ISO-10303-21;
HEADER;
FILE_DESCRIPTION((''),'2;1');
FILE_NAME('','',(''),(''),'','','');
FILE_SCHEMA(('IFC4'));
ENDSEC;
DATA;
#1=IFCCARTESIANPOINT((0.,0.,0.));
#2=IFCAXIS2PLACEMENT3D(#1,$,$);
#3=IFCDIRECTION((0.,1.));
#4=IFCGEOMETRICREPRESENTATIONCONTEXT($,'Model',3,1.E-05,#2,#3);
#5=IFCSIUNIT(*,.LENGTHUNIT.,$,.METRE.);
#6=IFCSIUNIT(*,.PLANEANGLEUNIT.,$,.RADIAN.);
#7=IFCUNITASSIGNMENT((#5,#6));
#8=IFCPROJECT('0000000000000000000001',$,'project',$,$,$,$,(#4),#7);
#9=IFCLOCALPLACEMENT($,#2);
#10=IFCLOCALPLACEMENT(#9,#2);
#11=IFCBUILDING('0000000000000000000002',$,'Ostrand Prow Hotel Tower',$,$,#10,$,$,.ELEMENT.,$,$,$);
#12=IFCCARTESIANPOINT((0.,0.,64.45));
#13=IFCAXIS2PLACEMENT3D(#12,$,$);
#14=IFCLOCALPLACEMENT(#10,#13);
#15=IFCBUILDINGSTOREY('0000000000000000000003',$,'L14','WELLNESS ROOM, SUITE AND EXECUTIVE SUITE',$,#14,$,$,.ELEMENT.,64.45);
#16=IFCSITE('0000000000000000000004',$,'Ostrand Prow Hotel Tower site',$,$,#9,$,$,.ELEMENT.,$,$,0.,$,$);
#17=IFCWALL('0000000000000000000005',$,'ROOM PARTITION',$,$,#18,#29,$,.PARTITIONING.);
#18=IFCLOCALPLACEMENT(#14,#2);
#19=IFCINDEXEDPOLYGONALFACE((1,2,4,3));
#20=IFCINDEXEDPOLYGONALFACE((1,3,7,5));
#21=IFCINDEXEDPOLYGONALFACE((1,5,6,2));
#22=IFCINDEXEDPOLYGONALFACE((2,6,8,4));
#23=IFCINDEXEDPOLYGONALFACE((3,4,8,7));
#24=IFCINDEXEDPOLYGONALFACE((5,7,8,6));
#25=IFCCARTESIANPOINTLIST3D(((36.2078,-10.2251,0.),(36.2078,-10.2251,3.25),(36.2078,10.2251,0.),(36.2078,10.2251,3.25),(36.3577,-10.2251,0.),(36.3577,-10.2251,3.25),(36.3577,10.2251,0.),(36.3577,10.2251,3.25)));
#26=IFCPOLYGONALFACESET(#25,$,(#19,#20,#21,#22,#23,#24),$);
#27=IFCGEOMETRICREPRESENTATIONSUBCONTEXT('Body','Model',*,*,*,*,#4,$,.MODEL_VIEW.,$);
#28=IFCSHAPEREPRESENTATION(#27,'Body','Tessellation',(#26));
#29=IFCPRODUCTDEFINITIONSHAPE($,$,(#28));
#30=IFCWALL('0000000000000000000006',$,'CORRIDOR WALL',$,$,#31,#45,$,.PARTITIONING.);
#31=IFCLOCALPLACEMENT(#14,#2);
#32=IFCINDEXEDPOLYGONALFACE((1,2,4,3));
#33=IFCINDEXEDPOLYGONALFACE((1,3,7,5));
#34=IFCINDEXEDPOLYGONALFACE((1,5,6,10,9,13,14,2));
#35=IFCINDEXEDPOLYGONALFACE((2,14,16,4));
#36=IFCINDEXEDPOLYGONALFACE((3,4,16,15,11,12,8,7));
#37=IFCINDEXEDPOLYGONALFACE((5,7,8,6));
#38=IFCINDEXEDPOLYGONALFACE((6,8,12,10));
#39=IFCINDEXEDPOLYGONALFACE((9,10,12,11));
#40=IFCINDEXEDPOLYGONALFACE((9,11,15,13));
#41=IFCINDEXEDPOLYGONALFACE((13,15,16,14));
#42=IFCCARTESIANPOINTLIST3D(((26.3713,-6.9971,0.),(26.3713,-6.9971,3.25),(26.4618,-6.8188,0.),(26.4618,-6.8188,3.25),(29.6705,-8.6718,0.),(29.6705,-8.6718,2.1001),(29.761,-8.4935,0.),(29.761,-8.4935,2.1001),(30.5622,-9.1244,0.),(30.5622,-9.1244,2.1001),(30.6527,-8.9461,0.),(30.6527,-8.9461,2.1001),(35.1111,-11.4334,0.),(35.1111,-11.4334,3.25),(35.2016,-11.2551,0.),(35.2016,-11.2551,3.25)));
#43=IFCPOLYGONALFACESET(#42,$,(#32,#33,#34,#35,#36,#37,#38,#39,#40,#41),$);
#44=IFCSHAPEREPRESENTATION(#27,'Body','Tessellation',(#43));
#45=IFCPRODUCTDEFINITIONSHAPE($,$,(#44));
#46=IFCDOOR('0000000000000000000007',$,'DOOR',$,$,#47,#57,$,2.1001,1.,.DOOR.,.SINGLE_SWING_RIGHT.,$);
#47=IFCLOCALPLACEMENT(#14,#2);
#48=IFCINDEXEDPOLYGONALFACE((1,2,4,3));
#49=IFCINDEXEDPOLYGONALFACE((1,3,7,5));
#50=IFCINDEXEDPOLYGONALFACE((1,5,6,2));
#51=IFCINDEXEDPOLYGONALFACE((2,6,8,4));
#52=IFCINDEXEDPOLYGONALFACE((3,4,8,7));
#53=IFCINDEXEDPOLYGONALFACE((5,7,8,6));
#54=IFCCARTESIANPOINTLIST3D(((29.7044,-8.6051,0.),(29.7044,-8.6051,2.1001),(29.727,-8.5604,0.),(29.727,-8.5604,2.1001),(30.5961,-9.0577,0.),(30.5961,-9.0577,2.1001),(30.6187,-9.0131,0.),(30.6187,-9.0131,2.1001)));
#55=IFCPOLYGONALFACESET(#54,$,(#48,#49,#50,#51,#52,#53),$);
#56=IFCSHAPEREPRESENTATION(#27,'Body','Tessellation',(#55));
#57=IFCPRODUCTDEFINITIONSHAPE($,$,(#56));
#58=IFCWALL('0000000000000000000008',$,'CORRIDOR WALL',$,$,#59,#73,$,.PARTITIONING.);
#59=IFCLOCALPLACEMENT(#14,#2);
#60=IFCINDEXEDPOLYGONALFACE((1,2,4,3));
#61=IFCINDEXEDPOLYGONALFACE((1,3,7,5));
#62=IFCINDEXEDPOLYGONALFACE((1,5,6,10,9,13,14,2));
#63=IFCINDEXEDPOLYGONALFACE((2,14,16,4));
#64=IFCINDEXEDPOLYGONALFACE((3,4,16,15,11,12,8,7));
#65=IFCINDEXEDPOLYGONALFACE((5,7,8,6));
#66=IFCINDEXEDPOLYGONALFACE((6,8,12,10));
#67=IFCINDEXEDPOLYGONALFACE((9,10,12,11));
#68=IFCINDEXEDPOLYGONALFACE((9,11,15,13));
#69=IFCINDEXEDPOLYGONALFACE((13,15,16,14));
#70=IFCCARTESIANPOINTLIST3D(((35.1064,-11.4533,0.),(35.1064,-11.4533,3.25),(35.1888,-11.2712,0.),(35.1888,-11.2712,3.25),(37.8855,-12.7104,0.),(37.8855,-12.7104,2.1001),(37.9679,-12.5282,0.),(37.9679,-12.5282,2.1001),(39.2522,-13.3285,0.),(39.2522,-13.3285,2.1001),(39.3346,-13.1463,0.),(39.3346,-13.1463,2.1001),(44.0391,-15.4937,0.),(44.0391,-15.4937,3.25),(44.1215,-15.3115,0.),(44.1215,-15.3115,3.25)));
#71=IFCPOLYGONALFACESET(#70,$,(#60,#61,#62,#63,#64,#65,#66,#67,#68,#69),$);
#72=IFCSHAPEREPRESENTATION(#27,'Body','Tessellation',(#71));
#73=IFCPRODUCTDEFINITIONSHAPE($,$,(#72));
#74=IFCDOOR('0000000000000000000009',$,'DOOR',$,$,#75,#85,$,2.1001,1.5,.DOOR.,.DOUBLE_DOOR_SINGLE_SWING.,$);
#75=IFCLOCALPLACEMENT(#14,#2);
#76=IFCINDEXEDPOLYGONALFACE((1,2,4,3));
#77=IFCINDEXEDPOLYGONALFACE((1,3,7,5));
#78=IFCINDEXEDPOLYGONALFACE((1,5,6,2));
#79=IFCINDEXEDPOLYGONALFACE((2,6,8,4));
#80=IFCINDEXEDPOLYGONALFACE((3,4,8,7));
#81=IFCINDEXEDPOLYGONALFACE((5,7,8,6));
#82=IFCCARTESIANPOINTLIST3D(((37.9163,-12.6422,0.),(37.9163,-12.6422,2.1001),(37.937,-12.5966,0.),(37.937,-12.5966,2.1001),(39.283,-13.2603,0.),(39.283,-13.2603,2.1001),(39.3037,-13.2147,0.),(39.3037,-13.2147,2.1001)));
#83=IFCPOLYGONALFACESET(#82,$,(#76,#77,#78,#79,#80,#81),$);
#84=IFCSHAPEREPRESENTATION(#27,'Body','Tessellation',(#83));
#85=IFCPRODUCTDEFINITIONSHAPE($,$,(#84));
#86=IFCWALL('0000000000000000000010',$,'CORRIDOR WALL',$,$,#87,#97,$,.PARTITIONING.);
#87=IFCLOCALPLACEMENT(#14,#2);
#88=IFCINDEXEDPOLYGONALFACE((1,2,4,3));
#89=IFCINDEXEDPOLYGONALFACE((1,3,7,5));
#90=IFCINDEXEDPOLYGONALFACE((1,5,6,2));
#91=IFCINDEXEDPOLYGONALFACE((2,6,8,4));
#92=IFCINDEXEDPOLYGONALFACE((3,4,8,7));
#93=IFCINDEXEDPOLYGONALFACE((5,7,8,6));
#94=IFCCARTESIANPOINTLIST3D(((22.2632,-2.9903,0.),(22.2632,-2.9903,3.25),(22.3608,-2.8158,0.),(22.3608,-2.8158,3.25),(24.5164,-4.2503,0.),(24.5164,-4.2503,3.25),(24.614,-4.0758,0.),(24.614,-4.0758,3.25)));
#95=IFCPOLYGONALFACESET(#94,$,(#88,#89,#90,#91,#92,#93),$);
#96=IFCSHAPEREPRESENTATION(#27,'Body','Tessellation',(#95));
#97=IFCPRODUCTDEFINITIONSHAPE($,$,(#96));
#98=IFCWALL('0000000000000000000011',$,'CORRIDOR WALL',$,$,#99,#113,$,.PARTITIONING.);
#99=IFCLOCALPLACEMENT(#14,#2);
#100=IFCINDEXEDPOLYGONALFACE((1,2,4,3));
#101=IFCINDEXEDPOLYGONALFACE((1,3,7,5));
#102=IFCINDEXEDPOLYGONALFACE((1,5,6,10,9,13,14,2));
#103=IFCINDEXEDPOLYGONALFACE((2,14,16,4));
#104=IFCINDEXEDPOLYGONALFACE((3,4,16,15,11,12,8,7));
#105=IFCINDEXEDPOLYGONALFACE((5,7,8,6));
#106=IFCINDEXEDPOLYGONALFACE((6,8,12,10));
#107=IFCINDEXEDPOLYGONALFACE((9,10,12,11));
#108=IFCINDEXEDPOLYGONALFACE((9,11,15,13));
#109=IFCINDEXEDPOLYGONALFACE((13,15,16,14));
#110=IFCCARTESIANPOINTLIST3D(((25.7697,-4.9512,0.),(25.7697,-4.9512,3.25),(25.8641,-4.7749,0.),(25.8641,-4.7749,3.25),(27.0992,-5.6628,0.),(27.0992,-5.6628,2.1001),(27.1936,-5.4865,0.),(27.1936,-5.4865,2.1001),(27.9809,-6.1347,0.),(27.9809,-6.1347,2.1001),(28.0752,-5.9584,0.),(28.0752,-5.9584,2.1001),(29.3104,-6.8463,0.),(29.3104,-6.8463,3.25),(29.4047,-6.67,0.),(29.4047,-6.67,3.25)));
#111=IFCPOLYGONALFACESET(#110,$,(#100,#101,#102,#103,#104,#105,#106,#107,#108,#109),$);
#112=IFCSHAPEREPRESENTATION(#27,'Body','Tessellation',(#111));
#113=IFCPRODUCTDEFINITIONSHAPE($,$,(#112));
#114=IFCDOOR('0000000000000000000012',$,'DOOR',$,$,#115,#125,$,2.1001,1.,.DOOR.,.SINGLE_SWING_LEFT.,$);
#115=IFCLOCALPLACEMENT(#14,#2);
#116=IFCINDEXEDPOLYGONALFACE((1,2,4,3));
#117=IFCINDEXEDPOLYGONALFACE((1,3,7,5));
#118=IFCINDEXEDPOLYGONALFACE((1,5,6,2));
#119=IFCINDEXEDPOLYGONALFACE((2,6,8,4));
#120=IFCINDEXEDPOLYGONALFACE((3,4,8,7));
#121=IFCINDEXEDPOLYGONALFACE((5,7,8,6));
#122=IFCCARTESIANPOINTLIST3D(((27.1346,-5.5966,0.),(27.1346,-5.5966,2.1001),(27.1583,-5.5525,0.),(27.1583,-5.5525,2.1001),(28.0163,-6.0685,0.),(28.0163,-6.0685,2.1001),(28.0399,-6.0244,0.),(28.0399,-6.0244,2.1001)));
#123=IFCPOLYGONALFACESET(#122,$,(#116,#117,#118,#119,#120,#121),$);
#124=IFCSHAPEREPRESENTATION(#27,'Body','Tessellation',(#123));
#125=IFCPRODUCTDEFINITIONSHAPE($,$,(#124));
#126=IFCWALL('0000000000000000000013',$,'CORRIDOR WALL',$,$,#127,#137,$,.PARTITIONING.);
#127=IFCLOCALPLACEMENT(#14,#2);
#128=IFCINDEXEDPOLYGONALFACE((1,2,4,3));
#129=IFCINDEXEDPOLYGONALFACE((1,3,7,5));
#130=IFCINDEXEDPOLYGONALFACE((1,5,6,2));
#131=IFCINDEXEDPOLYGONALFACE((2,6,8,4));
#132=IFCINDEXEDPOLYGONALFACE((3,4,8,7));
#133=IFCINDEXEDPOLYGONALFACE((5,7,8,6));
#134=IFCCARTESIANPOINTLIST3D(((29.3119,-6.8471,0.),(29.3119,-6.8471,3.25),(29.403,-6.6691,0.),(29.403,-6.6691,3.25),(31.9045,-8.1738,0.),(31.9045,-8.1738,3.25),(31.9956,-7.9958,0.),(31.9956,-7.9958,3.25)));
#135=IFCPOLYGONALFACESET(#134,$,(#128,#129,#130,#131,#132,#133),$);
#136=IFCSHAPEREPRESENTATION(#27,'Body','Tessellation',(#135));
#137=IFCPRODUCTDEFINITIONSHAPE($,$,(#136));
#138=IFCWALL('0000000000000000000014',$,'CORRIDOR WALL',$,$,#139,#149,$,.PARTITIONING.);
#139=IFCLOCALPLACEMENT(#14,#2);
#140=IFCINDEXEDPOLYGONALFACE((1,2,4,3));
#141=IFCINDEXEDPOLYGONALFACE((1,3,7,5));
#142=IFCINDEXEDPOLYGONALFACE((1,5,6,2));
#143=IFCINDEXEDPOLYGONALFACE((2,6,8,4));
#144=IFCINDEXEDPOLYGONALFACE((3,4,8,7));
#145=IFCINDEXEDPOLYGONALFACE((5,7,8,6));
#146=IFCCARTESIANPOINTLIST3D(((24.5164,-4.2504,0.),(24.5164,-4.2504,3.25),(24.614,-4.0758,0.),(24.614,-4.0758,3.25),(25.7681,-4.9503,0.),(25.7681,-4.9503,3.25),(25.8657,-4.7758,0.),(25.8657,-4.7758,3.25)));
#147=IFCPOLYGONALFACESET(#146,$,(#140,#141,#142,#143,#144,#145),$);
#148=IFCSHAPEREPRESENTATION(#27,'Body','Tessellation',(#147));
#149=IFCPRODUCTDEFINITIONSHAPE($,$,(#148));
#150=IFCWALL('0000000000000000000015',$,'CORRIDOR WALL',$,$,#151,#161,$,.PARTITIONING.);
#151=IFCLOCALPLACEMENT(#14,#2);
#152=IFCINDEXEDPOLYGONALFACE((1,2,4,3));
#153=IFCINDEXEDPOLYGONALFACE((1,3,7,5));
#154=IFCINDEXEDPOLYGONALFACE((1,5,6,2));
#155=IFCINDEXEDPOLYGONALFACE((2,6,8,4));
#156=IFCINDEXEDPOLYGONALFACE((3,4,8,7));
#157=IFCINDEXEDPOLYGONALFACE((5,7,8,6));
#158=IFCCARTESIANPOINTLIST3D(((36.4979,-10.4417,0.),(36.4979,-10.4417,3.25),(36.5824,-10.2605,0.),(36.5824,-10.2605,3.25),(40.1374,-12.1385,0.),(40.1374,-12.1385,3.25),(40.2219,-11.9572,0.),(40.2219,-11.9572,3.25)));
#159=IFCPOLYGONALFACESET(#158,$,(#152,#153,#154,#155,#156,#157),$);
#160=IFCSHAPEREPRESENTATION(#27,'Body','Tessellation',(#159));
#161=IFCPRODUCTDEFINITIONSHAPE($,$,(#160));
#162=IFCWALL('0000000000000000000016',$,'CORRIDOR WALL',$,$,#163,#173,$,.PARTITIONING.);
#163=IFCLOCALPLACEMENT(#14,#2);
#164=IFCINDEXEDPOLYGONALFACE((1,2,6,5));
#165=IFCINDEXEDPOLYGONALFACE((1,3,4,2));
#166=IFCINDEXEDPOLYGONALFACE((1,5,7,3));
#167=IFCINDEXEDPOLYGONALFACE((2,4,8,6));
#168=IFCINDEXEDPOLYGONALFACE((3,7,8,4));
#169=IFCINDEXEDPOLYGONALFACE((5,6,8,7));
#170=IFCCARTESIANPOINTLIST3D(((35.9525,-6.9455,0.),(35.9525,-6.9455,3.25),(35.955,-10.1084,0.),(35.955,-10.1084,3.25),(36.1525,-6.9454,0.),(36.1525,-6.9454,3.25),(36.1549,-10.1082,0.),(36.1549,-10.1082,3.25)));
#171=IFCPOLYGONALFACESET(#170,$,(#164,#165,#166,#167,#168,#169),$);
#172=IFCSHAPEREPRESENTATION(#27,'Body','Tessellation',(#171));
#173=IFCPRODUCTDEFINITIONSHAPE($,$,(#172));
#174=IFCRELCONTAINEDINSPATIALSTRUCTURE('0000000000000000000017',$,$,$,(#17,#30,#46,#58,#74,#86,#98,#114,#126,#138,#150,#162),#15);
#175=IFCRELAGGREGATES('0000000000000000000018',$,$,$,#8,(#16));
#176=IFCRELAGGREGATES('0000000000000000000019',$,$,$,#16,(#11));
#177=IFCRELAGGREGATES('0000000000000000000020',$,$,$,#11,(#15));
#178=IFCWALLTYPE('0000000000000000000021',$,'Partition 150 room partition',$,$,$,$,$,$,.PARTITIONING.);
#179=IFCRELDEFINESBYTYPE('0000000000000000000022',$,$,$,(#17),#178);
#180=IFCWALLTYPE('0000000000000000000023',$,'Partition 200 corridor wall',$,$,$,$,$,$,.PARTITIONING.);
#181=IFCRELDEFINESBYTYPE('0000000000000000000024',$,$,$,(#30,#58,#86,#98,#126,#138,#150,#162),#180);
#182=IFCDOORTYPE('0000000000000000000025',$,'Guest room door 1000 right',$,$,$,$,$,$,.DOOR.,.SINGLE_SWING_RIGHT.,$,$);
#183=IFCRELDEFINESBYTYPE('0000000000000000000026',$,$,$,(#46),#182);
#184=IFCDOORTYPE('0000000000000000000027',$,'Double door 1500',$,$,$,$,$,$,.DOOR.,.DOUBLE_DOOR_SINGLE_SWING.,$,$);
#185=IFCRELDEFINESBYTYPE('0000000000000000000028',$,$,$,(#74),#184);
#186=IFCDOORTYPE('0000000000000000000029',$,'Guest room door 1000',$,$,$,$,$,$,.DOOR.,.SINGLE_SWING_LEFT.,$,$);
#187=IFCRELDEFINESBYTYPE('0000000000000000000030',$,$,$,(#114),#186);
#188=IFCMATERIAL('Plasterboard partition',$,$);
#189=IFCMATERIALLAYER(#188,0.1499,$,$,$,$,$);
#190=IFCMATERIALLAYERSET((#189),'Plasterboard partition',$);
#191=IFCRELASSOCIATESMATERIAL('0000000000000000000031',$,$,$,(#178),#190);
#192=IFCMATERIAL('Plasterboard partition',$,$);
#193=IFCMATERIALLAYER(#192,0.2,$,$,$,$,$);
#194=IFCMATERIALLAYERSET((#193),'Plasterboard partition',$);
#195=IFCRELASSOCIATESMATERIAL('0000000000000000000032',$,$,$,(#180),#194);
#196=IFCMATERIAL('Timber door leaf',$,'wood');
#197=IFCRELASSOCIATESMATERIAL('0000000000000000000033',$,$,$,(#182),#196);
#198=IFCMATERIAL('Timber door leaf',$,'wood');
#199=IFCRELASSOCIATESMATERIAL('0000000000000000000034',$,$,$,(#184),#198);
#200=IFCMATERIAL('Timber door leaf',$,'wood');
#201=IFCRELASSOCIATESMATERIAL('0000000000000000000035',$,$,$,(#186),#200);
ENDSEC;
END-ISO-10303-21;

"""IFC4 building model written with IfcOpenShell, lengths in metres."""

from ifc_helpers import new_model, si_unit, direction, frame, frame_2d, origin, place, context, subcontext, project, spatial, rectangle, extrude, material, layer, layer_set, type_object, element, fill, save


model = new_model("IFC4")

# Units and contexts
model_context = context("Model", 3, precision=1e-05, world=origin(), true_north=direction((0.0, 1.0)))
body_context = subcontext(model_context, "Body", "Model", "MODEL_VIEW")
ifc_project = project(units=[si_unit("LENGTHUNIT", "METRE"), si_unit("PLANEANGLEUNIT", "RADIAN")], contexts=[model_context])

# Site, building, storey
site_placement = place(None, origin())
site = spatial("IfcSite", under=ifc_project, at=site_placement, Name="Ostrand Prow Hotel Tower site", CompositionType="ELEMENT", RefElevation=0.0)
building_placement = place(site_placement, origin())
building = spatial("IfcBuilding", under=site, at=building_placement, Name="Ostrand Prow Hotel Tower", CompositionType="ELEMENT")
storey_placement = place(building_placement, frame((0.0, 0.0, 64.45)))
storey = spatial("IfcBuildingStorey", under=building, at=storey_placement, Name="L14", Description="WELLNESS ROOM, SUITE AND EXECUTIVE SUITE", CompositionType="ELEMENT", Elevation=64.45)

# Wall
ifc_material_1 = material(Name="Plasterboard partition")
ifc_layer_1 = layer(ifc_material_1, 0.1499)
ifc_layer_set_1 = layer_set([ifc_layer_1], Name="Plasterboard partition")
wall_type_1 = type_object("IfcWallType", Name="Partition 150 room partition", PredefinedType="PARTITIONING", material=ifc_layer_set_1)
wall_1_placement = place(storey_placement, frame((36.2827, -10.2251, 0.0), z_axis=(0.0, 0.0, 1.0), x_axis=(0.0, 1.0, 0.0)))
element("IfcWall", 1, at=wall_1_placement, inside=storey, type_object=wall_type_1, Name="ROOM PARTITION", PredefinedType="PARTITIONING", context=body_context, shape_type="SweptSolid", body=[
    extrude(rectangle(XDim=20.4502, YDim=0.1499, at=frame_2d((10.2251, 0.0))), origin(), (0.0, 0.0, 1.0), 3.25),
])

# Walls, openings, doors
ifc_material_2 = material(Name="Plasterboard partition")
ifc_layer_2 = layer(ifc_material_2, 0.2)
ifc_layer_set_2 = layer_set([ifc_layer_2], Name="Plasterboard partition")
wall_type_2 = type_object("IfcWallType", Name="Partition 200 corridor wall", PredefinedType="PARTITIONING", material=ifc_layer_set_2)
wall_2_placement = place(storey_placement, frame((26.4165, -6.908, 0.0), z_axis=(0.0, 0.0, 1.0), x_axis=(0.891701, -0.452626, 0.0)))
wall_2 = element("IfcWall", 2, at=wall_2_placement, inside=storey, type_object=wall_type_2, Name="CORRIDOR WALL", PredefinedType="PARTITIONING", context=body_context, shape_type="SweptSolid", body=[
    extrude(rectangle(XDim=9.8013, YDim=0.2, at=frame_2d((4.9006, 0.0))), origin(), (0.0, 0.0, 1.0), 3.25),
])
opening_1_placement = place(wall_2_placement, frame((3.7, 0.0, 0.0)))
opening_1 = element("IfcOpeningElement", 3, at=opening_1_placement, cuts=wall_2, PredefinedType="OPENING", context=body_context, shape_type="SweptSolid", body=[
    extrude(rectangle(XDim=1.0, YDim=2.1001, at=frame_2d((0.5, 1.05))), frame((0.0, 0.1099, 0.0), z_axis=(0.0, -1.0, 0.0), x_axis=(1.0, 0.0, 0.0)), (0.0, 0.0, 1.0), 0.22),
])
ifc_material_3 = material(Name="Timber door leaf", Category="wood")
door_type_1 = type_object("IfcDoorType", Name="Guest room door 1000 right", OperationType="SINGLE_SWING_RIGHT", PredefinedType="DOOR", material=ifc_material_3)
door_1_placement = place(opening_1_placement, origin())
door_1 = element("IfcDoor", 4, at=door_1_placement, inside=storey, type_object=door_type_1, Name="DOOR", OperationType="SINGLE_SWING_RIGHT", OverallHeight=2.1001, OverallWidth=1.0, PredefinedType="DOOR", context=body_context, shape_type="SweptSolid", body=[
    extrude(rectangle(XDim=1.0, YDim=2.1001, at=frame_2d((0.5, 1.05))), frame((0.0, 0.0249, 0.0), z_axis=(0.0, -1.0, 0.0), x_axis=(1.0, 0.0, 0.0)), (0.0, 0.0, 1.0), 0.05),
])
fill(opening_1, door_1)
wall_3_placement = place(storey_placement, frame((35.1477, -11.3623, 0.0), z_axis=(0.0, 0.0, 1.0), x_axis=(0.911133, -0.412112, 0.0)))
wall_3 = element("IfcWall", 5, at=wall_3_placement, inside=storey, type_object=wall_type_2, Name="CORRIDOR WALL", PredefinedType="PARTITIONING", context=body_context, shape_type="SweptSolid", body=[
    extrude(rectangle(XDim=9.804, YDim=0.2, at=frame_2d((4.9019, 0.0))), origin(), (0.0, 0.0, 1.0), 3.25),
])
opening_2_placement = place(wall_3_placement, frame((3.05, 0.0, 0.0)))
opening_2 = element("IfcOpeningElement", 6, at=opening_2_placement, cuts=wall_3, PredefinedType="OPENING", context=body_context, shape_type="SweptSolid", body=[
    extrude(rectangle(XDim=1.5, YDim=2.1001, at=frame_2d((0.75, 1.05))), frame((0.0, 0.1099, 0.0), z_axis=(0.0, -1.0, 0.0), x_axis=(1.0, 0.0, 0.0)), (0.0, 0.0, 1.0), 0.22),
])
ifc_material_4 = material(Name="Timber door leaf", Category="wood")
door_type_2 = type_object("IfcDoorType", Name="Double door 1500", OperationType="DOUBLE_DOOR_SINGLE_SWING", PredefinedType="DOOR", material=ifc_material_4)
door_2_placement = place(opening_2_placement, origin())
door_2 = element("IfcDoor", 7, at=door_2_placement, inside=storey, type_object=door_type_2, Name="DOOR", OperationType="DOUBLE_DOOR_SINGLE_SWING", OverallHeight=2.1001, OverallWidth=1.5, PredefinedType="DOOR", context=body_context, shape_type="SweptSolid", body=[
    extrude(rectangle(XDim=1.5, YDim=2.1001, at=frame_2d((0.75, 1.05))), frame((0.0, 0.0249, 0.0), z_axis=(0.0, -1.0, 0.0), x_axis=(1.0, 0.0, 0.0)), (0.0, 0.0, 1.0), 0.05),
])
fill(opening_2, door_2)

# Wall
wall_4_placement = place(storey_placement, frame((24.5652, -4.1631, 0.0), z_axis=(0.0, 0.0, 1.0), x_axis=(-0.872798, 0.488082, 0.0)))
element("IfcWall", 8, at=wall_4_placement, inside=storey, type_object=wall_type_2, Name="CORRIDOR WALL", PredefinedType="PARTITIONING", context=body_context, shape_type="SweptSolid", body=[
    extrude(rectangle(XDim=2.5815, YDim=0.2, at=frame_2d((1.2908, 0.0))), origin(), (0.0, 0.0, 1.0), 3.25),
])

# Wall, opening, door
wall_5_placement = place(storey_placement, frame((29.3574, -6.7581, 0.0), z_axis=(0.0, 0.0, 1.0), x_axis=(-0.881655, 0.471894, 0.0)))
wall_5 = element("IfcWall", 9, at=wall_5_placement, inside=storey, type_object=wall_type_2, Name="CORRIDOR WALL", PredefinedType="PARTITIONING", context=body_context, shape_type="SweptSolid", body=[
    extrude(rectangle(XDim=4.0159, YDim=0.2, at=frame_2d((2.0078, 0.0))), origin(), (0.0, 0.0, 1.0), 3.25),
])
opening_3_placement = place(wall_5_placement, frame((1.5078, 0.0, 0.0)))
opening_3 = element("IfcOpeningElement", 10, at=opening_3_placement, cuts=wall_5, PredefinedType="OPENING", context=body_context, shape_type="SweptSolid", body=[
    extrude(rectangle(XDim=1.0, YDim=2.1001, at=frame_2d((0.5, 1.05))), frame((0.0, 0.1099, 0.0), z_axis=(0.0, -1.0, 0.0), x_axis=(1.0, 0.0, 0.0)), (0.0, 0.0, 1.0), 0.22),
])
ifc_material_5 = material(Name="Timber door leaf", Category="wood")
door_type_3 = type_object("IfcDoorType", Name="Guest room door 1000", OperationType="SINGLE_SWING_LEFT", PredefinedType="DOOR", material=ifc_material_5)
door_3_placement = place(opening_3_placement, origin())
door_3 = element("IfcDoor", 11, at=door_3_placement, inside=storey, type_object=door_type_3, Name="DOOR", OperationType="SINGLE_SWING_LEFT", OverallHeight=2.1001, OverallWidth=1.0, PredefinedType="DOOR", context=body_context, shape_type="SweptSolid", body=[
    extrude(rectangle(XDim=1.0, YDim=2.1001, at=frame_2d((0.5, 1.05))), frame((0.0, 0.0249, 0.0), z_axis=(0.0, -1.0, 0.0), x_axis=(1.0, 0.0, 0.0)), (0.0, 0.0, 1.0), 0.05),
])
fill(opening_3, door_3)

# Walls
wall_6_placement = place(storey_placement, frame((31.95, -8.0847, 0.0), z_axis=(0.0, 0.0, 1.0), x_axis=(-0.890213, 0.455544, 0.0)))
element("IfcWall", 12, at=wall_6_placement, inside=storey, type_object=wall_type_2, Name="CORRIDOR WALL", PredefinedType="PARTITIONING", context=body_context, shape_type="SweptSolid", body=[
    extrude(rectangle(XDim=2.9124, YDim=0.2, at=frame_2d((1.4561, 0.0))), origin(), (0.0, 0.0, 1.0), 3.25),
])
wall_7_placement = place(storey_placement, frame((25.8169, -4.863, 0.0), z_axis=(0.0, 0.0, 1.0), x_axis=(-0.872805, 0.488069, 0.0)))
element("IfcWall", 13, at=wall_7_placement, inside=storey, type_object=wall_type_2, Name="CORRIDOR WALL", PredefinedType="PARTITIONING", context=body_context, shape_type="SweptSolid", body=[
    extrude(rectangle(XDim=1.4341, YDim=0.2, at=frame_2d((0.717, 0.0))), origin(), (0.0, 0.0, 1.0), 3.25),
])
wall_8_placement = place(storey_placement, frame((40.1797, -12.0479, 0.0), z_axis=(0.0, 0.0, 1.0), x_axis=(-0.906348, 0.422533, 0.0)))
element("IfcWall", 14, at=wall_8_placement, inside=storey, type_object=wall_type_2, Name="CORRIDOR WALL", PredefinedType="PARTITIONING", context=body_context, shape_type="SweptSolid", body=[
    extrude(rectangle(XDim=4.0156, YDim=0.2, at=frame_2d((2.0078, 0.0))), origin(), (0.0, 0.0, 1.0), 3.25),
])
wall_9_placement = place(storey_placement, frame((36.0549, -10.1084, 0.0), z_axis=(0.0, 0.0, 1.0), x_axis=(-0.000772, 1.0, 0.0)))
element("IfcWall", 15, at=wall_9_placement, inside=storey, type_object=wall_type_2, Name="CORRIDOR WALL", PredefinedType="PARTITIONING", context=body_context, shape_type="SweptSolid", body=[
    extrude(rectangle(XDim=3.1628, YDim=0.2, at=frame_2d((1.5815, 0.0))), origin(), (0.0, 0.0, 1.0), 3.25),
])

save(model, "model.ifc")
